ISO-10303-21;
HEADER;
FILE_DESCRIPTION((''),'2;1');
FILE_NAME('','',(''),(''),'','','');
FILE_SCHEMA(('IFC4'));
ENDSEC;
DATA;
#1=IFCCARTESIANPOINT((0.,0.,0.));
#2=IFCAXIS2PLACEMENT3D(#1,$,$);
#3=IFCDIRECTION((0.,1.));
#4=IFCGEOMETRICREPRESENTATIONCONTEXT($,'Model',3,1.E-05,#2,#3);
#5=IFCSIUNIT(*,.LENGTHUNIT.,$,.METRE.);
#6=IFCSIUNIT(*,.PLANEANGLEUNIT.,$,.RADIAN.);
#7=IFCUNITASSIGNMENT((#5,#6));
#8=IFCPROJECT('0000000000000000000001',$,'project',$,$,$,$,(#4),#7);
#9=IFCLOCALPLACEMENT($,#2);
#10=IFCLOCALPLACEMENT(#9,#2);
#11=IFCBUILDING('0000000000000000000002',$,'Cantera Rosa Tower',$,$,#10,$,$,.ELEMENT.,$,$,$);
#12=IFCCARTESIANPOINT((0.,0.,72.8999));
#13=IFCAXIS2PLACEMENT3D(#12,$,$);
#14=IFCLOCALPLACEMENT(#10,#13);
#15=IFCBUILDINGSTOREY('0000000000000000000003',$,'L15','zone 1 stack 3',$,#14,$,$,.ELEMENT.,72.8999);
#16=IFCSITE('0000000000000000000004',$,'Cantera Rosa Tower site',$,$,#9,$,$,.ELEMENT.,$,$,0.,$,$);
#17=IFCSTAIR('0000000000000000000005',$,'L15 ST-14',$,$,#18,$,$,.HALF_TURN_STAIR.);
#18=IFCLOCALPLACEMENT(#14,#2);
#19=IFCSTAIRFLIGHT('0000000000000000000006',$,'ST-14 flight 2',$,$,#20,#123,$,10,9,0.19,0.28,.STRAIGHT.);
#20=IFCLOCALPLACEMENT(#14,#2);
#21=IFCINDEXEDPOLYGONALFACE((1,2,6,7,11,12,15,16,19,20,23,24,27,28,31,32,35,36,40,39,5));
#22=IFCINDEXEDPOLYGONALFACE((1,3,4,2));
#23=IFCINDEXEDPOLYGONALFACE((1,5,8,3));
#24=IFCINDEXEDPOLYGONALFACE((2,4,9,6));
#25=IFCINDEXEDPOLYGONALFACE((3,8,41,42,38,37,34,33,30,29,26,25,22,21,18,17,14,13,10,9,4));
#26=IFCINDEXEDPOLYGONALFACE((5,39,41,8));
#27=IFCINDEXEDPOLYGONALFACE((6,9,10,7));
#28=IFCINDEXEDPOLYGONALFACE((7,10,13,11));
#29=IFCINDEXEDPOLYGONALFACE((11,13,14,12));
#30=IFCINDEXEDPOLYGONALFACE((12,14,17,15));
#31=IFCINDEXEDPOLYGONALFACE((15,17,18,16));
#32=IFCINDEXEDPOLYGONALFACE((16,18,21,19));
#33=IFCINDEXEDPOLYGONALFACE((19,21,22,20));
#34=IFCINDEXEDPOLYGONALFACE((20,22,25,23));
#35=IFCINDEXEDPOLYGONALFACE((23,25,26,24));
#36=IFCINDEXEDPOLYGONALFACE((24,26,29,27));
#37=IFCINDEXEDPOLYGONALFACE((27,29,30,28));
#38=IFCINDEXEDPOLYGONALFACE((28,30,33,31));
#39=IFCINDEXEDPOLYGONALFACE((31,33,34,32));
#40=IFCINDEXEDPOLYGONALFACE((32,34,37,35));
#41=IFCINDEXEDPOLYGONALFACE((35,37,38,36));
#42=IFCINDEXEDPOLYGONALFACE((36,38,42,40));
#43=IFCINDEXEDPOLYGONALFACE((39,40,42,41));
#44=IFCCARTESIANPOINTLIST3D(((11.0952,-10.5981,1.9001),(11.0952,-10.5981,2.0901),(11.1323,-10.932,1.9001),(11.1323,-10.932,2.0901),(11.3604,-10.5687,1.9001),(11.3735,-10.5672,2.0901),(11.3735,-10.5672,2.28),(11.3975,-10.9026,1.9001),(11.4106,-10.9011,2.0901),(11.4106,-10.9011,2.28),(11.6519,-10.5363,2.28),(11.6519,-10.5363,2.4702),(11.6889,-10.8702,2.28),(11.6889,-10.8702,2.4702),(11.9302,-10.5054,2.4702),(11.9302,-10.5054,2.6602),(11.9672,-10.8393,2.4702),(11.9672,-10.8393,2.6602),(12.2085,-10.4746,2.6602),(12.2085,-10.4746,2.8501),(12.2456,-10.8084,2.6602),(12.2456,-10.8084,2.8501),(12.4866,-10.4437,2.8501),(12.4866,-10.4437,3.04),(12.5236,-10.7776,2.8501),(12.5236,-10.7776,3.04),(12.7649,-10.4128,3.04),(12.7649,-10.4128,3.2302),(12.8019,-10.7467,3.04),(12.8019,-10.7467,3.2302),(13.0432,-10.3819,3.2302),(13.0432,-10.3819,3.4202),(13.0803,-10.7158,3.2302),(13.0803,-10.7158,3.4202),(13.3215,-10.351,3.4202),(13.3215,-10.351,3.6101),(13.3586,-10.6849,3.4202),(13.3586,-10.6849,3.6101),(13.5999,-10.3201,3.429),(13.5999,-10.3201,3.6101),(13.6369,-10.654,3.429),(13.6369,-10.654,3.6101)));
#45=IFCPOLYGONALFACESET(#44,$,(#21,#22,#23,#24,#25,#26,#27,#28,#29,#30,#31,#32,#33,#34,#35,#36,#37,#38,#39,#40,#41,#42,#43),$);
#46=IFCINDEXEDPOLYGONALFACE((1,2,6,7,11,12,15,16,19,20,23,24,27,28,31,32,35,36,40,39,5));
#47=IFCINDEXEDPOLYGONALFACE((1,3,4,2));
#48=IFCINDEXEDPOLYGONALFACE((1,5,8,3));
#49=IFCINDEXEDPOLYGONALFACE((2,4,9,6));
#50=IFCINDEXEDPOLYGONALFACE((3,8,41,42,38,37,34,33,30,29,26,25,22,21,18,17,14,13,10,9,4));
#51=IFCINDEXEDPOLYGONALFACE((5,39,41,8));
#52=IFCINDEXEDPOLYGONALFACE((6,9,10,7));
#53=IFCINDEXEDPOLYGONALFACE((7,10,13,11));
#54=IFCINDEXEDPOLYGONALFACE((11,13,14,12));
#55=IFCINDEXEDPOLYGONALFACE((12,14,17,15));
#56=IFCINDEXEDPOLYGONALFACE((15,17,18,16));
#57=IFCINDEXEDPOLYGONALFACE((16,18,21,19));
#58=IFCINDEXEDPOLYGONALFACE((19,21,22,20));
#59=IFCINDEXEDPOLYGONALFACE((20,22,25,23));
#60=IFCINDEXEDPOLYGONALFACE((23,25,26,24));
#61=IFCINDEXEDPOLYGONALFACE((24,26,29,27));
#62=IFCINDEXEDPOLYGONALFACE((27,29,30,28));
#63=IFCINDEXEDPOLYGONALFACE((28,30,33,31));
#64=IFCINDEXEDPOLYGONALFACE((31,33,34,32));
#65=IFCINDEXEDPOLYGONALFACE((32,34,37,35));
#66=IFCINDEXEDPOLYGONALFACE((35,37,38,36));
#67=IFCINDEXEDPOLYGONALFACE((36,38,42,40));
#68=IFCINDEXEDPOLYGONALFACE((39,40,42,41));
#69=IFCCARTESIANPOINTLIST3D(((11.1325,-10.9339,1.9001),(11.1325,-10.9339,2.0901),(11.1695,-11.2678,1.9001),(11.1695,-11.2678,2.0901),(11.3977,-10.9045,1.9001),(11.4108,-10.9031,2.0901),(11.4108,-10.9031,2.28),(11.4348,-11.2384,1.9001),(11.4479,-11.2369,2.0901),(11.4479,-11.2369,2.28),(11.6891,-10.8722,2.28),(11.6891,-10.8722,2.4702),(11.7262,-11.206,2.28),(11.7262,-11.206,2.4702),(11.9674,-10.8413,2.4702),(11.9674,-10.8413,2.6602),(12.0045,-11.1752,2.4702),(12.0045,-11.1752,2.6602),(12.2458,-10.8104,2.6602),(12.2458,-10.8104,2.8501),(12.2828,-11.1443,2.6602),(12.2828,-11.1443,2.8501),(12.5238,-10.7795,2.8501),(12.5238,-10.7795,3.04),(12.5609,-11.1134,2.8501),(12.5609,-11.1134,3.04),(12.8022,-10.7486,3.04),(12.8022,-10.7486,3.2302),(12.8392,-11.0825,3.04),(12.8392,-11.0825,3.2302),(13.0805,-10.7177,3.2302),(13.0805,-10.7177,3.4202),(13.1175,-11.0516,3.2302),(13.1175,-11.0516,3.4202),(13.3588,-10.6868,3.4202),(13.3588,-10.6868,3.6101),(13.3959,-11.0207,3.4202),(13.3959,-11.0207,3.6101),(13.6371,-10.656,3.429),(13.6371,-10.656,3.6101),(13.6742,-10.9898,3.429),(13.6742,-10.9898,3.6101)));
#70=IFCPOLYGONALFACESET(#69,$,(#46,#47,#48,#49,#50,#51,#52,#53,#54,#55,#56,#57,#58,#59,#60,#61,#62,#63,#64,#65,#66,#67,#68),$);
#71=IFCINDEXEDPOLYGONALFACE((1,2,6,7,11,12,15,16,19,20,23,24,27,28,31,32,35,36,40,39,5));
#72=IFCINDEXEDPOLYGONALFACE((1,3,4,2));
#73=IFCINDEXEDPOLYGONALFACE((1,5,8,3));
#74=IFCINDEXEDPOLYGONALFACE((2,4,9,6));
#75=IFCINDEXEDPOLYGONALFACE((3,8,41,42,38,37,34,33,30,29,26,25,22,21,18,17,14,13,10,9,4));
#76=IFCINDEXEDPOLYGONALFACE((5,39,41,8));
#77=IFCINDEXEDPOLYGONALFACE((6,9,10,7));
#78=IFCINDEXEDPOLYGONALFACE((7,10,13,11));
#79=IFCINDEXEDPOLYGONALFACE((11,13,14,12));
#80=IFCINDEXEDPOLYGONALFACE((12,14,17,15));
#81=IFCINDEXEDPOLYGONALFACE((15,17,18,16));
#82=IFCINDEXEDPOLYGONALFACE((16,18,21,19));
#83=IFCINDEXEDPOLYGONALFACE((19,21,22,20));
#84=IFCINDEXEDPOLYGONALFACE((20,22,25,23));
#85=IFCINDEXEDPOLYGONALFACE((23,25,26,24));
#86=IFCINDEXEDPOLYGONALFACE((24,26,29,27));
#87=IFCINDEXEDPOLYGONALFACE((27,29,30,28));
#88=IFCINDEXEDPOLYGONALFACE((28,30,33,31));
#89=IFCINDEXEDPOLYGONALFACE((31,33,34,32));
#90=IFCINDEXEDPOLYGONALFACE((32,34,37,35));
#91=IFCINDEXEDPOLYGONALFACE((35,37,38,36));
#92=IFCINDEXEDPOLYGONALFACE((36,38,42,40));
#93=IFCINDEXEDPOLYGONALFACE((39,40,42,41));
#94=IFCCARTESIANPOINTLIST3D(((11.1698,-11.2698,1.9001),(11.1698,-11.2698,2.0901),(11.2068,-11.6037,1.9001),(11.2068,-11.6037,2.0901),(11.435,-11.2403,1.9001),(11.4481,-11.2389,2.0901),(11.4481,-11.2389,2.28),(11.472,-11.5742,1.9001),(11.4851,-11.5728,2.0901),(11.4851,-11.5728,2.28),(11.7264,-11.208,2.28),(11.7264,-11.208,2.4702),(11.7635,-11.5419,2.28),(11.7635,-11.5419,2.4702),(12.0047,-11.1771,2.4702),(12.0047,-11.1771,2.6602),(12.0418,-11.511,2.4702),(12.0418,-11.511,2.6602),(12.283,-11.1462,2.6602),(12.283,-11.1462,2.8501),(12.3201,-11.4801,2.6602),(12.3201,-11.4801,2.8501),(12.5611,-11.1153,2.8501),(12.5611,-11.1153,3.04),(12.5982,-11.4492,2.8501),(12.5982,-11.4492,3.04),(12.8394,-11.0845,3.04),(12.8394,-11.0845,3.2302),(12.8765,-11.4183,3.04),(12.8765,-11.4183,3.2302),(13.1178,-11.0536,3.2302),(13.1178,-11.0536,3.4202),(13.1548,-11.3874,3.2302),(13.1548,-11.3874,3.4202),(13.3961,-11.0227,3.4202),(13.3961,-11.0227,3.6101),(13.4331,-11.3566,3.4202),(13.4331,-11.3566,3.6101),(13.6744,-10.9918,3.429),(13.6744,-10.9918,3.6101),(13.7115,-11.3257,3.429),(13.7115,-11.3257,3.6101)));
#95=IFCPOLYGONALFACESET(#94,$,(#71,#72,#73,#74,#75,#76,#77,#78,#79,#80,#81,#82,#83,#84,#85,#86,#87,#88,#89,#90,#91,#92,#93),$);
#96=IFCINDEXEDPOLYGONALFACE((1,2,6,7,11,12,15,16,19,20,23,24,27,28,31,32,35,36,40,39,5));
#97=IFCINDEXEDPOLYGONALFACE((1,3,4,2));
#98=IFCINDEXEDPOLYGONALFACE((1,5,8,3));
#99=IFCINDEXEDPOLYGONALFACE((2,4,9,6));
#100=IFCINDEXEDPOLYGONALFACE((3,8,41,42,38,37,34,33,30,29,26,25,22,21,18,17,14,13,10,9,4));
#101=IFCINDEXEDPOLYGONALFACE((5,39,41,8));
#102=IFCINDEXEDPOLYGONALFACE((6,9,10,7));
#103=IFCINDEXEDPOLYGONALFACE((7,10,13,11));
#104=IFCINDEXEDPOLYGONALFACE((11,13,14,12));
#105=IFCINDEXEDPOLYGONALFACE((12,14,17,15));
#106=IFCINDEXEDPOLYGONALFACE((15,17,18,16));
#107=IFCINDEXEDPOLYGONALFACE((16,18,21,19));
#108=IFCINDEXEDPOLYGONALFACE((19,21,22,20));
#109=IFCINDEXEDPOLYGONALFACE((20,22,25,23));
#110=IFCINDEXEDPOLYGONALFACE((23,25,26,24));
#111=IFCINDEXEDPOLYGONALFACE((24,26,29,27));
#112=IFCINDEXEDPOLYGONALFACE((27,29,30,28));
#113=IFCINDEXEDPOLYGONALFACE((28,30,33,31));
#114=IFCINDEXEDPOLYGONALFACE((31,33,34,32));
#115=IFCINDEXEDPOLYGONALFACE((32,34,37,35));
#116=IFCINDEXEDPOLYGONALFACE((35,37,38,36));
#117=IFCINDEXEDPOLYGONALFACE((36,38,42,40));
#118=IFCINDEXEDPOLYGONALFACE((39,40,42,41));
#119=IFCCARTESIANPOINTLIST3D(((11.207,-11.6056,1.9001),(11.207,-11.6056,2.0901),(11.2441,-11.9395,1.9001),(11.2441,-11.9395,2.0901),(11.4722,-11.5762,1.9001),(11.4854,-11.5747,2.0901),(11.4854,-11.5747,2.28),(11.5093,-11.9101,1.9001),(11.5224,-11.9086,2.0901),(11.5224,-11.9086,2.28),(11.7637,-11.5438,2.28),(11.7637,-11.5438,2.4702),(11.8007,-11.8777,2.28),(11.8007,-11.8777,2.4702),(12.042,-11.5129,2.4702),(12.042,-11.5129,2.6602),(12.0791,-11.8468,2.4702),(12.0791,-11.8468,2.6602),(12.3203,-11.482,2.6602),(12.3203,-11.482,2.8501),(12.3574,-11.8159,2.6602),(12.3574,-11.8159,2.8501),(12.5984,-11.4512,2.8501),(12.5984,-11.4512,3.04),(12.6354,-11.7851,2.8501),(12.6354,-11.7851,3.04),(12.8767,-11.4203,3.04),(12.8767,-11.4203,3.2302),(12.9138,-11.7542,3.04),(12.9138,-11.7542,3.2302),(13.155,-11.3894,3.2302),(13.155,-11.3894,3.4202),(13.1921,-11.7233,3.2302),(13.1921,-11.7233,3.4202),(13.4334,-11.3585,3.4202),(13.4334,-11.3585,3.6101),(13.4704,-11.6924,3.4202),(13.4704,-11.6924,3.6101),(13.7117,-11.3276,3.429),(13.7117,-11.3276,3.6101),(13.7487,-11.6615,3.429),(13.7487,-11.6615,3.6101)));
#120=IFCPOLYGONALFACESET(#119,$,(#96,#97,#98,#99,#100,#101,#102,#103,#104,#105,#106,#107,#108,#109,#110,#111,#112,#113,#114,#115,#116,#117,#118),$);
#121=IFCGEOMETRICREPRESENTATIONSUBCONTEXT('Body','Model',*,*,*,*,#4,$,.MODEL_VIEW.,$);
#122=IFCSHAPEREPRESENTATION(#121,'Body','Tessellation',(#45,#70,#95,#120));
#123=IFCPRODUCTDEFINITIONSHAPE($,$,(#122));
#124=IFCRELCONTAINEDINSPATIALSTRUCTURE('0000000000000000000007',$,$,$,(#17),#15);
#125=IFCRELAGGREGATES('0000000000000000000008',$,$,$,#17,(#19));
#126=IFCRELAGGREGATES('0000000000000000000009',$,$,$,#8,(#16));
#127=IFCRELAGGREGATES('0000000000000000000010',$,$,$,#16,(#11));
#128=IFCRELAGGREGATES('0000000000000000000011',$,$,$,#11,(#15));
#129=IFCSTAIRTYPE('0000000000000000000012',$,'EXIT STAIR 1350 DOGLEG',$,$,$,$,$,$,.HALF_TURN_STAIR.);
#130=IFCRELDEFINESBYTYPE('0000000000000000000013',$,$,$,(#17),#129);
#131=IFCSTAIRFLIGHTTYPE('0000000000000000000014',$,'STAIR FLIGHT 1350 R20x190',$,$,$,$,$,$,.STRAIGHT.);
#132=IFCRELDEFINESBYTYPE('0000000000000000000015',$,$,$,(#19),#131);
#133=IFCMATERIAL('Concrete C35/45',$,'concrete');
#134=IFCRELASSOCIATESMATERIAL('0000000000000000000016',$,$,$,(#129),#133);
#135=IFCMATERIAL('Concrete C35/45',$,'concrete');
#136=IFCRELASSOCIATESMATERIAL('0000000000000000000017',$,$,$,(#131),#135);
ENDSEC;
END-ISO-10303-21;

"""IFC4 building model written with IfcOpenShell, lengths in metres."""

from ifc_helpers import new_model, si_unit, direction, frame, origin, place, context, subcontext, project, spatial, polyline, outline, extrude, material, type_object, element, aggregate, save


model = new_model("IFC4")

# Units and contexts
model_context = context("Model", 3, precision=1e-05, world=origin(), true_north=direction((0.0, 1.0)))
body_context = subcontext(model_context, "Body", "Model", "MODEL_VIEW")
ifc_project = project(units=[si_unit("LENGTHUNIT", "METRE"), si_unit("PLANEANGLEUNIT", "RADIAN")], contexts=[model_context])

# Site, building, storey
site_placement = place(None, origin())
site = spatial("IfcSite", under=ifc_project, at=site_placement, Name="Cantera Rosa Tower site", CompositionType="ELEMENT", RefElevation=0.0)
building_placement = place(site_placement, origin())
building = spatial("IfcBuilding", under=site, at=building_placement, Name="Cantera Rosa Tower", CompositionType="ELEMENT")
storey_placement = place(building_placement, frame((0.0, 0.0, 72.8999)))
storey = spatial("IfcBuildingStorey", under=building, at=storey_placement, Name="L15", Description="zone 1 stack 3", CompositionType="ELEMENT", Elevation=72.8999)

# Stair, stair flight
ifc_material_1 = material(Name="Concrete C35/45", Category="concrete")
stair_type = type_object("IfcStairType", Name="EXIT STAIR 1350 DOGLEG", PredefinedType="HALF_TURN_STAIR", material=ifc_material_1)
stair_placement = place(storey_placement, origin())
stair = element("IfcStair", 1, at=stair_placement, inside=storey, type_object=stair_type, Name="L15 ST-14", PredefinedType="HALF_TURN_STAIR")
ifc_material_2 = material(Name="Concrete C35/45", Category="concrete")
stair_flight_type = type_object("IfcStairFlightType", Name="STAIR FLIGHT 1350 R20x190", PredefinedType="STRAIGHT", material=ifc_material_2)
stair_flight_1_placement = place(storey_placement, frame((11.1697, -11.269, 1.9001), z_axis=(0.0, 0.0, 1.0), x_axis=(0.993897, 0.110313, 0.0)))
stair_flight_1 = element("IfcStairFlight", 2, at=stair_flight_1_placement, type_object=stair_flight_type, Name="ST-14 flight 2", NumberOfRisers=10, NumberOfTreads=9, PredefinedType="STRAIGHT", RiserHeight=0.19, TreadLength=0.28, context=body_context, shape_type="SweptSolid", body=[
    extrude(outline(polyline([(0.0, 0.0), (0.0, 0.1899), (0.28, 0.1899), (0.28, 0.3799), (0.5601, 0.3799), (0.5601, 0.5701), (0.8401, 0.5701), (0.8401, 0.76), (1.1201, 0.76), (1.1201, 0.95), (1.3999, 0.95), (1.3999, 1.1399), (1.6799, 1.1399), (1.6799, 1.3301), (1.96, 1.3301), (1.96, 1.52), (2.24, 1.52), (2.24, 1.71), (2.52, 1.71), (2.52, 1.8999), (2.52, 1.5288), (0.2668, 0.0), (0.0, 0.0)])), frame((0.0, 0.675, 0.0), z_axis=(0.0, -1.0, 0.0), x_axis=(1.0, 0.0, 0.0)), (0.0, 0.0, 1.0), 0.3359),
    extrude(outline(polyline([(0.0, 0.0), (0.0, 0.1899), (0.28, 0.1899), (0.28, 0.3799), (0.5601, 0.3799), (0.5601, 0.5701), (0.8401, 0.5701), (0.8401, 0.76), (1.1201, 0.76), (1.1201, 0.95), (1.3999, 0.95), (1.3999, 1.1399), (1.6799, 1.1399), (1.6799, 1.3301), (1.96, 1.3301), (1.96, 1.52), (2.24, 1.52), (2.24, 1.71), (2.52, 1.71), (2.52, 1.8999), (2.52, 1.5288), (0.2668, 0.0), (0.0, 0.0)])), frame((0.0, 0.3372, 0.0), z_axis=(0.0, -1.0, 0.0), x_axis=(1.0, 0.0, 0.0)), (0.0, 0.0, 1.0), 0.3359),
    extrude(outline(polyline([(0.0, 0.0), (0.0, 0.1899), (0.28, 0.1899), (0.28, 0.3799), (0.5601, 0.3799), (0.5601, 0.5701), (0.8401, 0.5701), (0.8401, 0.76), (1.1201, 0.76), (1.1201, 0.95), (1.3999, 0.95), (1.3999, 1.1399), (1.6799, 1.1399), (1.6799, 1.3301), (1.96, 1.3301), (1.96, 1.52), (2.24, 1.52), (2.24, 1.71), (2.52, 1.71), (2.52, 1.8999), (2.52, 1.5288), (0.2668, 0.0), (0.0, 0.0)])), frame((0.0, -0.0007, 0.0), z_axis=(0.0, -1.0, 0.0), x_axis=(1.0, 0.0, 0.0)), (0.0, 0.0, 1.0), 0.3359),
    extrude(outline(polyline([(0.0, 0.0), (0.0, 0.1899), (0.28, 0.1899), (0.28, 0.3799), (0.5601, 0.3799), (0.5601, 0.5701), (0.8401, 0.5701), (0.8401, 0.76), (1.1201, 0.76), (1.1201, 0.95), (1.3999, 0.95), (1.3999, 1.1399), (1.6799, 1.1399), (1.6799, 1.3301), (1.96, 1.3301), (1.96, 1.52), (2.24, 1.52), (2.24, 1.71), (2.52, 1.71), (2.52, 1.8999), (2.52, 1.5288), (0.2668, 0.0), (0.0, 0.0)])), frame((0.0, -0.3386, 0.0), z_axis=(0.0, -1.0, 0.0), x_axis=(1.0, 0.0, 0.0)), (0.0, 0.0, 1.0), 0.3359),
])
aggregate(stair, [stair_flight_1])

save(model, "model.ifc")
